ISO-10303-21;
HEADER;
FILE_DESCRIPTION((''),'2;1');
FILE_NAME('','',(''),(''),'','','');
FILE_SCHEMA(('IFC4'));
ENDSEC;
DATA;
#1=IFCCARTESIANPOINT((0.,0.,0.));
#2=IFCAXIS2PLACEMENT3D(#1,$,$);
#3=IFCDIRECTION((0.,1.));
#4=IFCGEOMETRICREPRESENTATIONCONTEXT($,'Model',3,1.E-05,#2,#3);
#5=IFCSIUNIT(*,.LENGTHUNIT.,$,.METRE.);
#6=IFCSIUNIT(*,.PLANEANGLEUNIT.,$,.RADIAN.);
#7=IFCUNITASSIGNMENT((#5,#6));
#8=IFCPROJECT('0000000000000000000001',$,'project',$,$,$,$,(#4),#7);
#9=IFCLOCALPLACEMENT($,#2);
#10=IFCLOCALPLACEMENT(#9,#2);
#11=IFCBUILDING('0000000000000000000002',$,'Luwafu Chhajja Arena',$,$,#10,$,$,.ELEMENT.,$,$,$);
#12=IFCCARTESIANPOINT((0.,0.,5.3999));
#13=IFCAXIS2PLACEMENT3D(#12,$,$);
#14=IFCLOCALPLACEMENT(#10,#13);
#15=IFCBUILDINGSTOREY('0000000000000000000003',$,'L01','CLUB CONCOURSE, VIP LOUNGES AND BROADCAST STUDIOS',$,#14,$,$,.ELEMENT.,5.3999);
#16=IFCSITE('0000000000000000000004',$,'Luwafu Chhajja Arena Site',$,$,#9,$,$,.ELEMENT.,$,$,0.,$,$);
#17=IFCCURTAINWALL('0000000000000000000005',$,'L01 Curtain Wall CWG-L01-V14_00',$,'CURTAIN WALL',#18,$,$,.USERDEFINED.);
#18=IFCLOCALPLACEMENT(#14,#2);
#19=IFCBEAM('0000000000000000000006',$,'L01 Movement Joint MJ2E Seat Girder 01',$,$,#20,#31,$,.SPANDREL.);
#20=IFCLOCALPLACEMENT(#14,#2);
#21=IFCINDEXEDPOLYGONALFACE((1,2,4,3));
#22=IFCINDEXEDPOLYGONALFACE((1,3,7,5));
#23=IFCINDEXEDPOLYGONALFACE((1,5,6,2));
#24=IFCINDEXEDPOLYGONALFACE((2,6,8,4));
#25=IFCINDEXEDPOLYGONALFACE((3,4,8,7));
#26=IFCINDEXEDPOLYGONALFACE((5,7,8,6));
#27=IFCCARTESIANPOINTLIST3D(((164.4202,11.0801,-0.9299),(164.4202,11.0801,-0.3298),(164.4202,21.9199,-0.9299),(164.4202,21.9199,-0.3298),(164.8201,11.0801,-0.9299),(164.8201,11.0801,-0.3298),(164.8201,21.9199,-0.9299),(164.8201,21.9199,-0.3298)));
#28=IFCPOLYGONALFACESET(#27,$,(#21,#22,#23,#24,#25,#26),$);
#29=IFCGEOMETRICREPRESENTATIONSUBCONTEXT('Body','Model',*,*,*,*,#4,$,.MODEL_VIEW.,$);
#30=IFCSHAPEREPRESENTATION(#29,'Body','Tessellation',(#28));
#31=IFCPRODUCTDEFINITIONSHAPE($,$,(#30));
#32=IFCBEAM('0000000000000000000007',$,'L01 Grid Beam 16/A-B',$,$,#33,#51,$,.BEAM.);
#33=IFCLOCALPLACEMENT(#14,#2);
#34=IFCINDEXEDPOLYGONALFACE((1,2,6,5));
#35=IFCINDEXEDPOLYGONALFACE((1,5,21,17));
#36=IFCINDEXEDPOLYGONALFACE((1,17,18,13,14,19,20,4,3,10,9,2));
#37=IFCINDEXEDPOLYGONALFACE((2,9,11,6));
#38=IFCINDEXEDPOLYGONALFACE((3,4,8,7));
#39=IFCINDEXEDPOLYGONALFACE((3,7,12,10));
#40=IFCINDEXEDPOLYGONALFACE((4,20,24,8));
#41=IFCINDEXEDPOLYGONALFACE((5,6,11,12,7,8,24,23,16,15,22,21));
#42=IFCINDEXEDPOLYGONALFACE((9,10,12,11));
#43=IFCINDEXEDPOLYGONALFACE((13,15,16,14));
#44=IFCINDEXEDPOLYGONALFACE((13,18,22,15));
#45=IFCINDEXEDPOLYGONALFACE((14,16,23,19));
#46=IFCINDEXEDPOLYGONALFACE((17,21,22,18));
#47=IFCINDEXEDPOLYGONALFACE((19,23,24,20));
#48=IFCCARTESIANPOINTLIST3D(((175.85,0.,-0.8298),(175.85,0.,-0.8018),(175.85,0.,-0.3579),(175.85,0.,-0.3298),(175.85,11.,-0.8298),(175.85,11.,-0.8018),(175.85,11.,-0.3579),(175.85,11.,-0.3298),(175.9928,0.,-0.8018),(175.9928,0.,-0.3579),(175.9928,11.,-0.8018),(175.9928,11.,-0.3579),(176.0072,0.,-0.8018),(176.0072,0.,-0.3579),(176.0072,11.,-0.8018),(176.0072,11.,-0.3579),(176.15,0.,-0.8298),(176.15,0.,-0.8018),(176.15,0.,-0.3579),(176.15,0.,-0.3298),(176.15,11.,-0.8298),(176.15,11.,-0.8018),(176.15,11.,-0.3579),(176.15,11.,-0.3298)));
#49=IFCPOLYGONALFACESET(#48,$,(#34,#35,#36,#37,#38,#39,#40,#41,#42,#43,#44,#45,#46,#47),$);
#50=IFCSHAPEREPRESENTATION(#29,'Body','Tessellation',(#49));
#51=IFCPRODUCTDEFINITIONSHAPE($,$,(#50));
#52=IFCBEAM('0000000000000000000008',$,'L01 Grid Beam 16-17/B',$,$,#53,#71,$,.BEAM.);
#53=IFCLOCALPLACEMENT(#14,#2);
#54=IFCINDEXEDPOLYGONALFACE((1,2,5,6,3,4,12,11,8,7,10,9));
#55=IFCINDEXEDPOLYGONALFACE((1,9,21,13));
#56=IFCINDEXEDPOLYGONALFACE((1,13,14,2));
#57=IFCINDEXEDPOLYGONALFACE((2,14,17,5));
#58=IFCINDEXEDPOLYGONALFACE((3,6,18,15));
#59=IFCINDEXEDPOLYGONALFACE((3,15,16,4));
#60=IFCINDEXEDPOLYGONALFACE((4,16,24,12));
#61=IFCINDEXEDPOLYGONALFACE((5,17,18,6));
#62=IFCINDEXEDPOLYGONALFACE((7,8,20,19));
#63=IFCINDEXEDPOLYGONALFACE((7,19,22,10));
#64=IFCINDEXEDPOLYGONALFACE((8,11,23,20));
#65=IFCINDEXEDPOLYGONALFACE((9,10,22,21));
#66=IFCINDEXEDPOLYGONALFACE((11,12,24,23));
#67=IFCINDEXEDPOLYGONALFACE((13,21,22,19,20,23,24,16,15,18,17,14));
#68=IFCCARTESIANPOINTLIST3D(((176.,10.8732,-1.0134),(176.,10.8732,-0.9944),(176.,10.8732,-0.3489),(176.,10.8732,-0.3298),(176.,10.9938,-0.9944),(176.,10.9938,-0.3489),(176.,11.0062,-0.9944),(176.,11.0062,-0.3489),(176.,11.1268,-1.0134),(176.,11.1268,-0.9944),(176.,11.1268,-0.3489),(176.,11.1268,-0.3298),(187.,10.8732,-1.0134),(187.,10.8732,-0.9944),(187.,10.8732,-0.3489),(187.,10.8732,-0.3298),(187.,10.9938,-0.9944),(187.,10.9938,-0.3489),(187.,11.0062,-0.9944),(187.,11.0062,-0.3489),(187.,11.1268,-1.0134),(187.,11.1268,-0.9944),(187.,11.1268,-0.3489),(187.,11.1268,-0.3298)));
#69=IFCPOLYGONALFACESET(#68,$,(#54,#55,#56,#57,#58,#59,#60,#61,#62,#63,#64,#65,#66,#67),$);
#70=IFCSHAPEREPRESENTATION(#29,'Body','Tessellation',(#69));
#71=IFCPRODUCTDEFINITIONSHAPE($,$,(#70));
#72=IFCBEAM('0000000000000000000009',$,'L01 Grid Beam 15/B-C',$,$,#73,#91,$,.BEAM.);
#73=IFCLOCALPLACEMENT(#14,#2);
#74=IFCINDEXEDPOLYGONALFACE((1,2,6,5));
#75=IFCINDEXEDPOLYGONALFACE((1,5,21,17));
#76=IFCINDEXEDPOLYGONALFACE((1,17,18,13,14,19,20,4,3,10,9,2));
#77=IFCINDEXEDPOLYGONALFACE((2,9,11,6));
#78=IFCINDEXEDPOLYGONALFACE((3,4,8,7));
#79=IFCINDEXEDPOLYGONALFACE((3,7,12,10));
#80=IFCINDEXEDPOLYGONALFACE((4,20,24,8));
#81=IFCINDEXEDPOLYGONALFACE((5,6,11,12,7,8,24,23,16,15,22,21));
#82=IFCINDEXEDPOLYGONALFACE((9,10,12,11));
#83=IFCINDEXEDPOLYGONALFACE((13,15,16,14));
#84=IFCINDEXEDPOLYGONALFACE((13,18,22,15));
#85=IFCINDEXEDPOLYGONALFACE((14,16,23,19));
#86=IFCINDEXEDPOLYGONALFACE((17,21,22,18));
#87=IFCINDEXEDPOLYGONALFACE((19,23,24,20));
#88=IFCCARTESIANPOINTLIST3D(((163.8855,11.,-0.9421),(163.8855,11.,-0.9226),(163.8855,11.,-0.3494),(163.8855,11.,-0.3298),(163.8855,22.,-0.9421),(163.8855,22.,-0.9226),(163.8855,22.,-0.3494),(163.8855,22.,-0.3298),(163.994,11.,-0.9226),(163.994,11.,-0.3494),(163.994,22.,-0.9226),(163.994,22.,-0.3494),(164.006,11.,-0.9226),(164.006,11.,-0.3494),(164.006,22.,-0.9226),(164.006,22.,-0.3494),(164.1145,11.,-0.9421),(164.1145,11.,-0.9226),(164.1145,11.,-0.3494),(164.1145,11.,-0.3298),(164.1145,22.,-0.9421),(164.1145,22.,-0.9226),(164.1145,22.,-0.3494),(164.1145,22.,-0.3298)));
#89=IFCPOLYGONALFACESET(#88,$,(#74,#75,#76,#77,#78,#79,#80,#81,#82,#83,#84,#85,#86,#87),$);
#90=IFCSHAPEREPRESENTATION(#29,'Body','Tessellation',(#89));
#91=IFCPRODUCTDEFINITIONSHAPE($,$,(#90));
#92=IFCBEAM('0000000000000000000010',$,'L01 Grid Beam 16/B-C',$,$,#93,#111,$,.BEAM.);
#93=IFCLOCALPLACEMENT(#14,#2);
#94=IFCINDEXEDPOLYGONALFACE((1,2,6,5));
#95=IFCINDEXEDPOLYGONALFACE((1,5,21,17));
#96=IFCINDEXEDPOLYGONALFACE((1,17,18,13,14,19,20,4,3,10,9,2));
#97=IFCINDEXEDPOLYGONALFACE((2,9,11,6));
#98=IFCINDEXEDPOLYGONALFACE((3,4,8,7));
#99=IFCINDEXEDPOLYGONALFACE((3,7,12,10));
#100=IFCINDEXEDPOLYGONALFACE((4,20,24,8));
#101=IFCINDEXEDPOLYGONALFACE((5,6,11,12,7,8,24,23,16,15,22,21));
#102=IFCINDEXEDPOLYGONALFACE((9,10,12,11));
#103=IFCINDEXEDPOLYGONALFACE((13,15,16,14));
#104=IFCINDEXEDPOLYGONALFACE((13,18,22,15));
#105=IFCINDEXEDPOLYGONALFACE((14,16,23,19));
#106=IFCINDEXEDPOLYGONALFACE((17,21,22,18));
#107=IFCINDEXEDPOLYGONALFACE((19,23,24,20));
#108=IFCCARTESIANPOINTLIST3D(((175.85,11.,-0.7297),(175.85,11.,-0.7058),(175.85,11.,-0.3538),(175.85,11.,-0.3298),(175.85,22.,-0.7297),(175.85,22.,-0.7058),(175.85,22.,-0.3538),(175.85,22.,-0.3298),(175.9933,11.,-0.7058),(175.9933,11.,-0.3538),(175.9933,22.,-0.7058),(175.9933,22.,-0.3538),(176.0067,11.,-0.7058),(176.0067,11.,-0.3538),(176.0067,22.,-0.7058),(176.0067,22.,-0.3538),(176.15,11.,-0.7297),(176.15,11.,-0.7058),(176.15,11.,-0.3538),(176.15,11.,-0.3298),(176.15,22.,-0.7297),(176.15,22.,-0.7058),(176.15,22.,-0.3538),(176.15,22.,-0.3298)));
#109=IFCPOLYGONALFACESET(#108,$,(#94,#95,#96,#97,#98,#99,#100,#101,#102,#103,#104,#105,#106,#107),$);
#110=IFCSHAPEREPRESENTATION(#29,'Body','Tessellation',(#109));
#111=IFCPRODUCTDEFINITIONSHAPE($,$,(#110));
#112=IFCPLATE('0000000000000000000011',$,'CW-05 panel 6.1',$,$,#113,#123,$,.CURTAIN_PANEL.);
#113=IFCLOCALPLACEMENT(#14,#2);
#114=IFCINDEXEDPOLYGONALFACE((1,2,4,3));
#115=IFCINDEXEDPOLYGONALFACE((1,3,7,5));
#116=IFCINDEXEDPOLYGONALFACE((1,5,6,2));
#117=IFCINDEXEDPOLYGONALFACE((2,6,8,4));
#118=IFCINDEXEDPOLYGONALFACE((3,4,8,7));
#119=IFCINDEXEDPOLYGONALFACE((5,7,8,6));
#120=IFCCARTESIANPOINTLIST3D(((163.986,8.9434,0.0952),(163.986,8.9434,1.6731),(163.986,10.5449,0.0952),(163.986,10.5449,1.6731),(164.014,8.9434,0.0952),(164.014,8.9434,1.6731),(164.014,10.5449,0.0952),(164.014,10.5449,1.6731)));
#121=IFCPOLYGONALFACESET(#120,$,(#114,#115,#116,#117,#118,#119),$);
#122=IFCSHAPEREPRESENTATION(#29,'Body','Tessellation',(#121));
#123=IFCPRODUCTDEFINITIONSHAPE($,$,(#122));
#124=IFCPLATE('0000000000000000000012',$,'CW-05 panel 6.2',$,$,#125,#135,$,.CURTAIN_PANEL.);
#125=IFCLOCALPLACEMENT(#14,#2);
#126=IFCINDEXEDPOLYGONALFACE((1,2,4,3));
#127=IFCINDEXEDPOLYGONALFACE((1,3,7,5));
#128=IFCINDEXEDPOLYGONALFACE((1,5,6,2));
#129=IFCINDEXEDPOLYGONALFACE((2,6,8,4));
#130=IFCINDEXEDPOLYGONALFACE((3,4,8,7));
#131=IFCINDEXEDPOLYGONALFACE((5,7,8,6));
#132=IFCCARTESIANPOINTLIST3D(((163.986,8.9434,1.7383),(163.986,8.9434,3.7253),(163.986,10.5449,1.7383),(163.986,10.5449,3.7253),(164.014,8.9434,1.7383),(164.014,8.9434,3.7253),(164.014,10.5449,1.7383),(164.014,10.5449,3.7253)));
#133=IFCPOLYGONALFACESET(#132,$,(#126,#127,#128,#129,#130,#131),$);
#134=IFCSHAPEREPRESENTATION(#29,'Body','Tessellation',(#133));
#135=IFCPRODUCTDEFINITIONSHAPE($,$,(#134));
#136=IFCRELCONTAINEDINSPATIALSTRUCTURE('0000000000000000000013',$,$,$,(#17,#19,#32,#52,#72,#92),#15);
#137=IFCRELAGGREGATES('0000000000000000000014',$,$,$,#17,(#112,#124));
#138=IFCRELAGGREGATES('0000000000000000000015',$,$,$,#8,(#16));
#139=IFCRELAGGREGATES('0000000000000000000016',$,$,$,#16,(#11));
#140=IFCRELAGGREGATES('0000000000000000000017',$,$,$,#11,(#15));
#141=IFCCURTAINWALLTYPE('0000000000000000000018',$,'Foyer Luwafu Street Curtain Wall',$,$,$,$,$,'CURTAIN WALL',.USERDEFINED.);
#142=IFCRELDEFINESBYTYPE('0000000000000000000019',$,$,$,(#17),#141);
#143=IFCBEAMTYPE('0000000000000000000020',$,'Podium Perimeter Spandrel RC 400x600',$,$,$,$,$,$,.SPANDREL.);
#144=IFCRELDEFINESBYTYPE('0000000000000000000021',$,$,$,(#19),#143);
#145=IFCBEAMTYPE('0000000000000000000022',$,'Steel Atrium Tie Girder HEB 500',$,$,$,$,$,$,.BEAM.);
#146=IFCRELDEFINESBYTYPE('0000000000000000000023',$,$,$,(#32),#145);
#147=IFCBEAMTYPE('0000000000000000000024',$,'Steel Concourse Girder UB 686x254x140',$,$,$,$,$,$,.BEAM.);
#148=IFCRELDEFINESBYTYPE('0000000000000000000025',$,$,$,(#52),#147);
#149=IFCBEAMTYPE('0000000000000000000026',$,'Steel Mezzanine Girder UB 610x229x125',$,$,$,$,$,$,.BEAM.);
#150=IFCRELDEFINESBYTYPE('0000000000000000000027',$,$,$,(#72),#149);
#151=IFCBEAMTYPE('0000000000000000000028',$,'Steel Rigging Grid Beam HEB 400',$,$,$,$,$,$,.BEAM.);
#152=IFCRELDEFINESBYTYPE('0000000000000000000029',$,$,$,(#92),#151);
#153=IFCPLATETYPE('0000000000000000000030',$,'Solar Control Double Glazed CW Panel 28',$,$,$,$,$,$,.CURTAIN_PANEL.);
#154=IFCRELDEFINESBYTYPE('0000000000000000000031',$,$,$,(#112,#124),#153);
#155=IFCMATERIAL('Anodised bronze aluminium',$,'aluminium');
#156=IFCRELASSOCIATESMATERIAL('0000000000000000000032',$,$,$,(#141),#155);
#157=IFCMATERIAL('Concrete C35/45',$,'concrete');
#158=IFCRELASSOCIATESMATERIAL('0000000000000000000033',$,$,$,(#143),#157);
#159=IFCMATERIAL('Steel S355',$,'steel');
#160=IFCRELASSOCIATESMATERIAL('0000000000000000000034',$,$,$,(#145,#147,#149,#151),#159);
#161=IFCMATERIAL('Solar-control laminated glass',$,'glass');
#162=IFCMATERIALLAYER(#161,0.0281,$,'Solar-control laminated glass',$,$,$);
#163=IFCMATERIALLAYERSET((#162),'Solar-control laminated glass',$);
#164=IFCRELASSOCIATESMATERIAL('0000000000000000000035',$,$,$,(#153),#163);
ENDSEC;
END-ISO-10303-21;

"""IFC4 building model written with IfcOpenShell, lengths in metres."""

from ifc_helpers import new_model, si_unit, direction, frame, origin, origin_2d, place, context, subcontext, project, spatial, rectangle, i_section, extrude, material, layer, layer_set, material_profile, profile_set, type_object, element, aggregate, save


model = new_model("IFC4")

# Units and contexts
model_context = context("Model", 3, precision=1e-05, world=origin(), true_north=direction((0.0, 1.0)))
body_context = subcontext(model_context, "Body", "Model", "MODEL_VIEW")
ifc_project = project(units=[si_unit("LENGTHUNIT", "METRE"), si_unit("PLANEANGLEUNIT", "RADIAN")], contexts=[model_context])

# Site, building, storey
site_placement = place(None, origin())
site = spatial("IfcSite", under=ifc_project, at=site_placement, Name="Luwafu Chhajja Arena Site", CompositionType="ELEMENT", RefElevation=0.0)
building_placement = place(site_placement, origin())
building = spatial("IfcBuilding", under=site, at=building_placement, Name="Luwafu Chhajja Arena", CompositionType="ELEMENT")
storey_placement = place(building_placement, frame((0.0, 0.0, 5.3999)))
storey = spatial("IfcBuildingStorey", under=building, at=storey_placement, Name="L01", Description="CLUB CONCOURSE, VIP LOUNGES AND BROADCAST STUDIOS", CompositionType="ELEMENT", Elevation=5.3999)

# Shared definitions
ifc_material_1 = material(Name="Concrete C35/45", Category="concrete")

# Curtain wall
ifc_material_2 = material(Name="Anodised bronze aluminium", Category="aluminium")
curtain_wall_type = type_object("IfcCurtainWallType", Name="Foyer Luwafu Street Curtain Wall", ElementType="CURTAIN WALL", PredefinedType="USERDEFINED", material=ifc_material_2)
curtain_wall_placement = place(storey_placement, origin())
curtain_wall = element("IfcCurtainWall", 1, at=curtain_wall_placement, inside=storey, type_object=curtain_wall_type, Name="L01 Curtain Wall CWG-L01-V14_00", ObjectType="CURTAIN WALL", PredefinedType="USERDEFINED")

# Beams
ifc_material_3 = material(Name="Steel S355", Category="steel")
ifc_material_profile_1 = material_profile(ifc_material_1, rectangle(XDim=0.3999, YDim=0.6001, at=origin_2d()), Name="RC 400x600")
ifc_profile_set_1 = profile_set([ifc_material_profile_1], Name="Concrete C35/45")
beam_type_1 = type_object("IfcBeamType", Name="Podium Perimeter Spandrel RC 400x600", PredefinedType="SPANDREL", material=ifc_profile_set_1)
for number, where, z_axis, x_axis, name in (
    (2, (164.6201, 11.0801, -0.6299), (0.0, 1.0, 0.0), (-1.0, 0.0, 0.0), "L01 Movement Joint MJ2E Seat Girder 01"),
):
    element("IfcBeam", number, at=place(storey_placement, frame(where, z_axis=z_axis, x_axis=x_axis)), inside=storey, type_object=beam_type_1, Name=name, PredefinedType="SPANDREL", context=body_context, shape_type="SweptSolid", body=[
        extrude(rectangle(XDim=0.3999, YDim=0.6001, at=origin_2d()), origin(), (0.0, 0.0, 1.0), 10.8398),
    ])
ifc_material_profile_2 = material_profile(ifc_material_3, i_section(OverallWidth=0.3, OverallDepth=0.5, WebThickness=0.0144, FlangeThickness=0.0281, at=origin_2d()), Name="HEB 500")
ifc_profile_set_2 = profile_set([ifc_material_profile_2], Name="Steel S355")
beam_type_2 = type_object("IfcBeamType", Name="Steel Atrium Tie Girder HEB 500", PredefinedType="BEAM", material=ifc_profile_set_2)
beam_1_placement = place(storey_placement, frame((176.0, 0.0, -0.5798), z_axis=(0.0, 1.0, 0.0), x_axis=(-1.0, 0.0, 0.0)))
element("IfcBeam", 3, at=beam_1_placement, inside=storey, type_object=beam_type_2, Name="L01 Grid Beam 16/A-B", PredefinedType="BEAM", context=body_context, shape_type="SweptSolid", body=[
    extrude(i_section(OverallWidth=0.3, OverallDepth=0.5, WebThickness=0.0144, FlangeThickness=0.0281, at=origin_2d()), origin(), (0.0, 0.0, 1.0), 11.0),
])
ifc_material_profile_3 = material_profile(ifc_material_3, i_section(OverallWidth=0.2537, OverallDepth=0.6836, WebThickness=0.0125, FlangeThickness=0.019, at=origin_2d()), Name="UB 686x254x140")
ifc_profile_set_3 = profile_set([ifc_material_profile_3], Name="Steel S355")
beam_type_3 = type_object("IfcBeamType", Name="Steel Concourse Girder UB 686x254x140", PredefinedType="BEAM", material=ifc_profile_set_3)
beam_2_placement = place(storey_placement, frame((176.0, 11.0, -0.6716), z_axis=(1.0, 0.0, 0.0), x_axis=(0.0, 1.0, 0.0)))
element("IfcBeam", 4, at=beam_2_placement, inside=storey, type_object=beam_type_3, Name="L01 Grid Beam 16-17/B", PredefinedType="BEAM", context=body_context, shape_type="SweptSolid", body=[
    extrude(i_section(OverallWidth=0.2537, OverallDepth=0.6836, WebThickness=0.0125, FlangeThickness=0.019, at=origin_2d()), origin(), (0.0, 0.0, 1.0), 11.0),
])
ifc_material_profile_4 = material_profile(ifc_material_3, i_section(OverallWidth=0.229, OverallDepth=0.6123, WebThickness=0.012, FlangeThickness=0.0195, at=origin_2d()), Name="UB 610x229x125")
ifc_profile_set_4 = profile_set([ifc_material_profile_4], Name="Steel S355")
beam_type_4 = type_object("IfcBeamType", Name="Steel Mezzanine Girder UB 610x229x125", PredefinedType="BEAM", material=ifc_profile_set_4)
beam_3_placement = place(storey_placement, frame((164.0, 11.0, -0.636), z_axis=(0.0, 1.0, 0.0), x_axis=(-1.0, 0.0, 0.0)))
element("IfcBeam", 5, at=beam_3_placement, inside=storey, type_object=beam_type_4, Name="L01 Grid Beam 15/B-C", PredefinedType="BEAM", context=body_context, shape_type="SweptSolid", body=[
    extrude(i_section(OverallWidth=0.229, OverallDepth=0.6123, WebThickness=0.012, FlangeThickness=0.0195, at=origin_2d()), origin(), (0.0, 0.0, 1.0), 11.0),
])
ifc_material_profile_5 = material_profile(ifc_material_3, i_section(OverallWidth=0.3, OverallDepth=0.3999, WebThickness=0.0134, FlangeThickness=0.0239, at=origin_2d()), Name="HEB 400")
ifc_profile_set_5 = profile_set([ifc_material_profile_5], Name="Steel S355")
beam_type_5 = type_object("IfcBeamType", Name="Steel Rigging Grid Beam HEB 400", PredefinedType="BEAM", material=ifc_profile_set_5)
beam_4_placement = place(storey_placement, frame((176.0, 11.0, -0.5298), z_axis=(0.0, 1.0, 0.0), x_axis=(-1.0, 0.0, 0.0)))
element("IfcBeam", 6, at=beam_4_placement, inside=storey, type_object=beam_type_5, Name="L01 Grid Beam 16/B-C", PredefinedType="BEAM", context=body_context, shape_type="SweptSolid", body=[
    extrude(i_section(OverallWidth=0.3, OverallDepth=0.3999, WebThickness=0.0134, FlangeThickness=0.0239, at=origin_2d()), origin(), (0.0, 0.0, 1.0), 11.0),
])

# Plates
ifc_material_4 = material(Name="Solar-control laminated glass", Category="glass")
ifc_layer_1 = layer(ifc_material_4, 0.0281, Name="Solar-control laminated glass")
ifc_layer_set_1 = layer_set([ifc_layer_1], Name="Solar-control laminated glass")
plate_type = type_object("IfcPlateType", Name="Solar Control Double Glazed CW Panel 28", PredefinedType="CURTAIN_PANEL", material=ifc_layer_set_1)
plate_1_placement = place(storey_placement, frame((164.0, 9.7441, 0.0952), z_axis=(0.0, 0.0, 1.0), x_axis=(0.0, 1.0, 0.0)))
plate_1 = element("IfcPlate", 7, at=plate_1_placement, type_object=plate_type, Name="CW-05 panel 6.1", PredefinedType="CURTAIN_PANEL", context=body_context, shape_type="SweptSolid", body=[
    extrude(rectangle(XDim=1.6016, YDim=0.0281, at=origin_2d()), origin(), (0.0, 0.0, 1.0), 1.5779),
])
plate_2_placement = place(storey_placement, frame((164.0, 9.7441, 1.7383), z_axis=(0.0, 0.0, 1.0), x_axis=(0.0, 1.0, 0.0)))
plate_2 = element("IfcPlate", 8, at=plate_2_placement, type_object=plate_type, Name="CW-05 panel 6.2", PredefinedType="CURTAIN_PANEL", context=body_context, shape_type="SweptSolid", body=[
    extrude(rectangle(XDim=1.6016, YDim=0.0281, at=origin_2d()), origin(), (0.0, 0.0, 1.0), 1.9871),
])
aggregate(curtain_wall, [plate_1, plate_2])

save(model, "model.ifc")
